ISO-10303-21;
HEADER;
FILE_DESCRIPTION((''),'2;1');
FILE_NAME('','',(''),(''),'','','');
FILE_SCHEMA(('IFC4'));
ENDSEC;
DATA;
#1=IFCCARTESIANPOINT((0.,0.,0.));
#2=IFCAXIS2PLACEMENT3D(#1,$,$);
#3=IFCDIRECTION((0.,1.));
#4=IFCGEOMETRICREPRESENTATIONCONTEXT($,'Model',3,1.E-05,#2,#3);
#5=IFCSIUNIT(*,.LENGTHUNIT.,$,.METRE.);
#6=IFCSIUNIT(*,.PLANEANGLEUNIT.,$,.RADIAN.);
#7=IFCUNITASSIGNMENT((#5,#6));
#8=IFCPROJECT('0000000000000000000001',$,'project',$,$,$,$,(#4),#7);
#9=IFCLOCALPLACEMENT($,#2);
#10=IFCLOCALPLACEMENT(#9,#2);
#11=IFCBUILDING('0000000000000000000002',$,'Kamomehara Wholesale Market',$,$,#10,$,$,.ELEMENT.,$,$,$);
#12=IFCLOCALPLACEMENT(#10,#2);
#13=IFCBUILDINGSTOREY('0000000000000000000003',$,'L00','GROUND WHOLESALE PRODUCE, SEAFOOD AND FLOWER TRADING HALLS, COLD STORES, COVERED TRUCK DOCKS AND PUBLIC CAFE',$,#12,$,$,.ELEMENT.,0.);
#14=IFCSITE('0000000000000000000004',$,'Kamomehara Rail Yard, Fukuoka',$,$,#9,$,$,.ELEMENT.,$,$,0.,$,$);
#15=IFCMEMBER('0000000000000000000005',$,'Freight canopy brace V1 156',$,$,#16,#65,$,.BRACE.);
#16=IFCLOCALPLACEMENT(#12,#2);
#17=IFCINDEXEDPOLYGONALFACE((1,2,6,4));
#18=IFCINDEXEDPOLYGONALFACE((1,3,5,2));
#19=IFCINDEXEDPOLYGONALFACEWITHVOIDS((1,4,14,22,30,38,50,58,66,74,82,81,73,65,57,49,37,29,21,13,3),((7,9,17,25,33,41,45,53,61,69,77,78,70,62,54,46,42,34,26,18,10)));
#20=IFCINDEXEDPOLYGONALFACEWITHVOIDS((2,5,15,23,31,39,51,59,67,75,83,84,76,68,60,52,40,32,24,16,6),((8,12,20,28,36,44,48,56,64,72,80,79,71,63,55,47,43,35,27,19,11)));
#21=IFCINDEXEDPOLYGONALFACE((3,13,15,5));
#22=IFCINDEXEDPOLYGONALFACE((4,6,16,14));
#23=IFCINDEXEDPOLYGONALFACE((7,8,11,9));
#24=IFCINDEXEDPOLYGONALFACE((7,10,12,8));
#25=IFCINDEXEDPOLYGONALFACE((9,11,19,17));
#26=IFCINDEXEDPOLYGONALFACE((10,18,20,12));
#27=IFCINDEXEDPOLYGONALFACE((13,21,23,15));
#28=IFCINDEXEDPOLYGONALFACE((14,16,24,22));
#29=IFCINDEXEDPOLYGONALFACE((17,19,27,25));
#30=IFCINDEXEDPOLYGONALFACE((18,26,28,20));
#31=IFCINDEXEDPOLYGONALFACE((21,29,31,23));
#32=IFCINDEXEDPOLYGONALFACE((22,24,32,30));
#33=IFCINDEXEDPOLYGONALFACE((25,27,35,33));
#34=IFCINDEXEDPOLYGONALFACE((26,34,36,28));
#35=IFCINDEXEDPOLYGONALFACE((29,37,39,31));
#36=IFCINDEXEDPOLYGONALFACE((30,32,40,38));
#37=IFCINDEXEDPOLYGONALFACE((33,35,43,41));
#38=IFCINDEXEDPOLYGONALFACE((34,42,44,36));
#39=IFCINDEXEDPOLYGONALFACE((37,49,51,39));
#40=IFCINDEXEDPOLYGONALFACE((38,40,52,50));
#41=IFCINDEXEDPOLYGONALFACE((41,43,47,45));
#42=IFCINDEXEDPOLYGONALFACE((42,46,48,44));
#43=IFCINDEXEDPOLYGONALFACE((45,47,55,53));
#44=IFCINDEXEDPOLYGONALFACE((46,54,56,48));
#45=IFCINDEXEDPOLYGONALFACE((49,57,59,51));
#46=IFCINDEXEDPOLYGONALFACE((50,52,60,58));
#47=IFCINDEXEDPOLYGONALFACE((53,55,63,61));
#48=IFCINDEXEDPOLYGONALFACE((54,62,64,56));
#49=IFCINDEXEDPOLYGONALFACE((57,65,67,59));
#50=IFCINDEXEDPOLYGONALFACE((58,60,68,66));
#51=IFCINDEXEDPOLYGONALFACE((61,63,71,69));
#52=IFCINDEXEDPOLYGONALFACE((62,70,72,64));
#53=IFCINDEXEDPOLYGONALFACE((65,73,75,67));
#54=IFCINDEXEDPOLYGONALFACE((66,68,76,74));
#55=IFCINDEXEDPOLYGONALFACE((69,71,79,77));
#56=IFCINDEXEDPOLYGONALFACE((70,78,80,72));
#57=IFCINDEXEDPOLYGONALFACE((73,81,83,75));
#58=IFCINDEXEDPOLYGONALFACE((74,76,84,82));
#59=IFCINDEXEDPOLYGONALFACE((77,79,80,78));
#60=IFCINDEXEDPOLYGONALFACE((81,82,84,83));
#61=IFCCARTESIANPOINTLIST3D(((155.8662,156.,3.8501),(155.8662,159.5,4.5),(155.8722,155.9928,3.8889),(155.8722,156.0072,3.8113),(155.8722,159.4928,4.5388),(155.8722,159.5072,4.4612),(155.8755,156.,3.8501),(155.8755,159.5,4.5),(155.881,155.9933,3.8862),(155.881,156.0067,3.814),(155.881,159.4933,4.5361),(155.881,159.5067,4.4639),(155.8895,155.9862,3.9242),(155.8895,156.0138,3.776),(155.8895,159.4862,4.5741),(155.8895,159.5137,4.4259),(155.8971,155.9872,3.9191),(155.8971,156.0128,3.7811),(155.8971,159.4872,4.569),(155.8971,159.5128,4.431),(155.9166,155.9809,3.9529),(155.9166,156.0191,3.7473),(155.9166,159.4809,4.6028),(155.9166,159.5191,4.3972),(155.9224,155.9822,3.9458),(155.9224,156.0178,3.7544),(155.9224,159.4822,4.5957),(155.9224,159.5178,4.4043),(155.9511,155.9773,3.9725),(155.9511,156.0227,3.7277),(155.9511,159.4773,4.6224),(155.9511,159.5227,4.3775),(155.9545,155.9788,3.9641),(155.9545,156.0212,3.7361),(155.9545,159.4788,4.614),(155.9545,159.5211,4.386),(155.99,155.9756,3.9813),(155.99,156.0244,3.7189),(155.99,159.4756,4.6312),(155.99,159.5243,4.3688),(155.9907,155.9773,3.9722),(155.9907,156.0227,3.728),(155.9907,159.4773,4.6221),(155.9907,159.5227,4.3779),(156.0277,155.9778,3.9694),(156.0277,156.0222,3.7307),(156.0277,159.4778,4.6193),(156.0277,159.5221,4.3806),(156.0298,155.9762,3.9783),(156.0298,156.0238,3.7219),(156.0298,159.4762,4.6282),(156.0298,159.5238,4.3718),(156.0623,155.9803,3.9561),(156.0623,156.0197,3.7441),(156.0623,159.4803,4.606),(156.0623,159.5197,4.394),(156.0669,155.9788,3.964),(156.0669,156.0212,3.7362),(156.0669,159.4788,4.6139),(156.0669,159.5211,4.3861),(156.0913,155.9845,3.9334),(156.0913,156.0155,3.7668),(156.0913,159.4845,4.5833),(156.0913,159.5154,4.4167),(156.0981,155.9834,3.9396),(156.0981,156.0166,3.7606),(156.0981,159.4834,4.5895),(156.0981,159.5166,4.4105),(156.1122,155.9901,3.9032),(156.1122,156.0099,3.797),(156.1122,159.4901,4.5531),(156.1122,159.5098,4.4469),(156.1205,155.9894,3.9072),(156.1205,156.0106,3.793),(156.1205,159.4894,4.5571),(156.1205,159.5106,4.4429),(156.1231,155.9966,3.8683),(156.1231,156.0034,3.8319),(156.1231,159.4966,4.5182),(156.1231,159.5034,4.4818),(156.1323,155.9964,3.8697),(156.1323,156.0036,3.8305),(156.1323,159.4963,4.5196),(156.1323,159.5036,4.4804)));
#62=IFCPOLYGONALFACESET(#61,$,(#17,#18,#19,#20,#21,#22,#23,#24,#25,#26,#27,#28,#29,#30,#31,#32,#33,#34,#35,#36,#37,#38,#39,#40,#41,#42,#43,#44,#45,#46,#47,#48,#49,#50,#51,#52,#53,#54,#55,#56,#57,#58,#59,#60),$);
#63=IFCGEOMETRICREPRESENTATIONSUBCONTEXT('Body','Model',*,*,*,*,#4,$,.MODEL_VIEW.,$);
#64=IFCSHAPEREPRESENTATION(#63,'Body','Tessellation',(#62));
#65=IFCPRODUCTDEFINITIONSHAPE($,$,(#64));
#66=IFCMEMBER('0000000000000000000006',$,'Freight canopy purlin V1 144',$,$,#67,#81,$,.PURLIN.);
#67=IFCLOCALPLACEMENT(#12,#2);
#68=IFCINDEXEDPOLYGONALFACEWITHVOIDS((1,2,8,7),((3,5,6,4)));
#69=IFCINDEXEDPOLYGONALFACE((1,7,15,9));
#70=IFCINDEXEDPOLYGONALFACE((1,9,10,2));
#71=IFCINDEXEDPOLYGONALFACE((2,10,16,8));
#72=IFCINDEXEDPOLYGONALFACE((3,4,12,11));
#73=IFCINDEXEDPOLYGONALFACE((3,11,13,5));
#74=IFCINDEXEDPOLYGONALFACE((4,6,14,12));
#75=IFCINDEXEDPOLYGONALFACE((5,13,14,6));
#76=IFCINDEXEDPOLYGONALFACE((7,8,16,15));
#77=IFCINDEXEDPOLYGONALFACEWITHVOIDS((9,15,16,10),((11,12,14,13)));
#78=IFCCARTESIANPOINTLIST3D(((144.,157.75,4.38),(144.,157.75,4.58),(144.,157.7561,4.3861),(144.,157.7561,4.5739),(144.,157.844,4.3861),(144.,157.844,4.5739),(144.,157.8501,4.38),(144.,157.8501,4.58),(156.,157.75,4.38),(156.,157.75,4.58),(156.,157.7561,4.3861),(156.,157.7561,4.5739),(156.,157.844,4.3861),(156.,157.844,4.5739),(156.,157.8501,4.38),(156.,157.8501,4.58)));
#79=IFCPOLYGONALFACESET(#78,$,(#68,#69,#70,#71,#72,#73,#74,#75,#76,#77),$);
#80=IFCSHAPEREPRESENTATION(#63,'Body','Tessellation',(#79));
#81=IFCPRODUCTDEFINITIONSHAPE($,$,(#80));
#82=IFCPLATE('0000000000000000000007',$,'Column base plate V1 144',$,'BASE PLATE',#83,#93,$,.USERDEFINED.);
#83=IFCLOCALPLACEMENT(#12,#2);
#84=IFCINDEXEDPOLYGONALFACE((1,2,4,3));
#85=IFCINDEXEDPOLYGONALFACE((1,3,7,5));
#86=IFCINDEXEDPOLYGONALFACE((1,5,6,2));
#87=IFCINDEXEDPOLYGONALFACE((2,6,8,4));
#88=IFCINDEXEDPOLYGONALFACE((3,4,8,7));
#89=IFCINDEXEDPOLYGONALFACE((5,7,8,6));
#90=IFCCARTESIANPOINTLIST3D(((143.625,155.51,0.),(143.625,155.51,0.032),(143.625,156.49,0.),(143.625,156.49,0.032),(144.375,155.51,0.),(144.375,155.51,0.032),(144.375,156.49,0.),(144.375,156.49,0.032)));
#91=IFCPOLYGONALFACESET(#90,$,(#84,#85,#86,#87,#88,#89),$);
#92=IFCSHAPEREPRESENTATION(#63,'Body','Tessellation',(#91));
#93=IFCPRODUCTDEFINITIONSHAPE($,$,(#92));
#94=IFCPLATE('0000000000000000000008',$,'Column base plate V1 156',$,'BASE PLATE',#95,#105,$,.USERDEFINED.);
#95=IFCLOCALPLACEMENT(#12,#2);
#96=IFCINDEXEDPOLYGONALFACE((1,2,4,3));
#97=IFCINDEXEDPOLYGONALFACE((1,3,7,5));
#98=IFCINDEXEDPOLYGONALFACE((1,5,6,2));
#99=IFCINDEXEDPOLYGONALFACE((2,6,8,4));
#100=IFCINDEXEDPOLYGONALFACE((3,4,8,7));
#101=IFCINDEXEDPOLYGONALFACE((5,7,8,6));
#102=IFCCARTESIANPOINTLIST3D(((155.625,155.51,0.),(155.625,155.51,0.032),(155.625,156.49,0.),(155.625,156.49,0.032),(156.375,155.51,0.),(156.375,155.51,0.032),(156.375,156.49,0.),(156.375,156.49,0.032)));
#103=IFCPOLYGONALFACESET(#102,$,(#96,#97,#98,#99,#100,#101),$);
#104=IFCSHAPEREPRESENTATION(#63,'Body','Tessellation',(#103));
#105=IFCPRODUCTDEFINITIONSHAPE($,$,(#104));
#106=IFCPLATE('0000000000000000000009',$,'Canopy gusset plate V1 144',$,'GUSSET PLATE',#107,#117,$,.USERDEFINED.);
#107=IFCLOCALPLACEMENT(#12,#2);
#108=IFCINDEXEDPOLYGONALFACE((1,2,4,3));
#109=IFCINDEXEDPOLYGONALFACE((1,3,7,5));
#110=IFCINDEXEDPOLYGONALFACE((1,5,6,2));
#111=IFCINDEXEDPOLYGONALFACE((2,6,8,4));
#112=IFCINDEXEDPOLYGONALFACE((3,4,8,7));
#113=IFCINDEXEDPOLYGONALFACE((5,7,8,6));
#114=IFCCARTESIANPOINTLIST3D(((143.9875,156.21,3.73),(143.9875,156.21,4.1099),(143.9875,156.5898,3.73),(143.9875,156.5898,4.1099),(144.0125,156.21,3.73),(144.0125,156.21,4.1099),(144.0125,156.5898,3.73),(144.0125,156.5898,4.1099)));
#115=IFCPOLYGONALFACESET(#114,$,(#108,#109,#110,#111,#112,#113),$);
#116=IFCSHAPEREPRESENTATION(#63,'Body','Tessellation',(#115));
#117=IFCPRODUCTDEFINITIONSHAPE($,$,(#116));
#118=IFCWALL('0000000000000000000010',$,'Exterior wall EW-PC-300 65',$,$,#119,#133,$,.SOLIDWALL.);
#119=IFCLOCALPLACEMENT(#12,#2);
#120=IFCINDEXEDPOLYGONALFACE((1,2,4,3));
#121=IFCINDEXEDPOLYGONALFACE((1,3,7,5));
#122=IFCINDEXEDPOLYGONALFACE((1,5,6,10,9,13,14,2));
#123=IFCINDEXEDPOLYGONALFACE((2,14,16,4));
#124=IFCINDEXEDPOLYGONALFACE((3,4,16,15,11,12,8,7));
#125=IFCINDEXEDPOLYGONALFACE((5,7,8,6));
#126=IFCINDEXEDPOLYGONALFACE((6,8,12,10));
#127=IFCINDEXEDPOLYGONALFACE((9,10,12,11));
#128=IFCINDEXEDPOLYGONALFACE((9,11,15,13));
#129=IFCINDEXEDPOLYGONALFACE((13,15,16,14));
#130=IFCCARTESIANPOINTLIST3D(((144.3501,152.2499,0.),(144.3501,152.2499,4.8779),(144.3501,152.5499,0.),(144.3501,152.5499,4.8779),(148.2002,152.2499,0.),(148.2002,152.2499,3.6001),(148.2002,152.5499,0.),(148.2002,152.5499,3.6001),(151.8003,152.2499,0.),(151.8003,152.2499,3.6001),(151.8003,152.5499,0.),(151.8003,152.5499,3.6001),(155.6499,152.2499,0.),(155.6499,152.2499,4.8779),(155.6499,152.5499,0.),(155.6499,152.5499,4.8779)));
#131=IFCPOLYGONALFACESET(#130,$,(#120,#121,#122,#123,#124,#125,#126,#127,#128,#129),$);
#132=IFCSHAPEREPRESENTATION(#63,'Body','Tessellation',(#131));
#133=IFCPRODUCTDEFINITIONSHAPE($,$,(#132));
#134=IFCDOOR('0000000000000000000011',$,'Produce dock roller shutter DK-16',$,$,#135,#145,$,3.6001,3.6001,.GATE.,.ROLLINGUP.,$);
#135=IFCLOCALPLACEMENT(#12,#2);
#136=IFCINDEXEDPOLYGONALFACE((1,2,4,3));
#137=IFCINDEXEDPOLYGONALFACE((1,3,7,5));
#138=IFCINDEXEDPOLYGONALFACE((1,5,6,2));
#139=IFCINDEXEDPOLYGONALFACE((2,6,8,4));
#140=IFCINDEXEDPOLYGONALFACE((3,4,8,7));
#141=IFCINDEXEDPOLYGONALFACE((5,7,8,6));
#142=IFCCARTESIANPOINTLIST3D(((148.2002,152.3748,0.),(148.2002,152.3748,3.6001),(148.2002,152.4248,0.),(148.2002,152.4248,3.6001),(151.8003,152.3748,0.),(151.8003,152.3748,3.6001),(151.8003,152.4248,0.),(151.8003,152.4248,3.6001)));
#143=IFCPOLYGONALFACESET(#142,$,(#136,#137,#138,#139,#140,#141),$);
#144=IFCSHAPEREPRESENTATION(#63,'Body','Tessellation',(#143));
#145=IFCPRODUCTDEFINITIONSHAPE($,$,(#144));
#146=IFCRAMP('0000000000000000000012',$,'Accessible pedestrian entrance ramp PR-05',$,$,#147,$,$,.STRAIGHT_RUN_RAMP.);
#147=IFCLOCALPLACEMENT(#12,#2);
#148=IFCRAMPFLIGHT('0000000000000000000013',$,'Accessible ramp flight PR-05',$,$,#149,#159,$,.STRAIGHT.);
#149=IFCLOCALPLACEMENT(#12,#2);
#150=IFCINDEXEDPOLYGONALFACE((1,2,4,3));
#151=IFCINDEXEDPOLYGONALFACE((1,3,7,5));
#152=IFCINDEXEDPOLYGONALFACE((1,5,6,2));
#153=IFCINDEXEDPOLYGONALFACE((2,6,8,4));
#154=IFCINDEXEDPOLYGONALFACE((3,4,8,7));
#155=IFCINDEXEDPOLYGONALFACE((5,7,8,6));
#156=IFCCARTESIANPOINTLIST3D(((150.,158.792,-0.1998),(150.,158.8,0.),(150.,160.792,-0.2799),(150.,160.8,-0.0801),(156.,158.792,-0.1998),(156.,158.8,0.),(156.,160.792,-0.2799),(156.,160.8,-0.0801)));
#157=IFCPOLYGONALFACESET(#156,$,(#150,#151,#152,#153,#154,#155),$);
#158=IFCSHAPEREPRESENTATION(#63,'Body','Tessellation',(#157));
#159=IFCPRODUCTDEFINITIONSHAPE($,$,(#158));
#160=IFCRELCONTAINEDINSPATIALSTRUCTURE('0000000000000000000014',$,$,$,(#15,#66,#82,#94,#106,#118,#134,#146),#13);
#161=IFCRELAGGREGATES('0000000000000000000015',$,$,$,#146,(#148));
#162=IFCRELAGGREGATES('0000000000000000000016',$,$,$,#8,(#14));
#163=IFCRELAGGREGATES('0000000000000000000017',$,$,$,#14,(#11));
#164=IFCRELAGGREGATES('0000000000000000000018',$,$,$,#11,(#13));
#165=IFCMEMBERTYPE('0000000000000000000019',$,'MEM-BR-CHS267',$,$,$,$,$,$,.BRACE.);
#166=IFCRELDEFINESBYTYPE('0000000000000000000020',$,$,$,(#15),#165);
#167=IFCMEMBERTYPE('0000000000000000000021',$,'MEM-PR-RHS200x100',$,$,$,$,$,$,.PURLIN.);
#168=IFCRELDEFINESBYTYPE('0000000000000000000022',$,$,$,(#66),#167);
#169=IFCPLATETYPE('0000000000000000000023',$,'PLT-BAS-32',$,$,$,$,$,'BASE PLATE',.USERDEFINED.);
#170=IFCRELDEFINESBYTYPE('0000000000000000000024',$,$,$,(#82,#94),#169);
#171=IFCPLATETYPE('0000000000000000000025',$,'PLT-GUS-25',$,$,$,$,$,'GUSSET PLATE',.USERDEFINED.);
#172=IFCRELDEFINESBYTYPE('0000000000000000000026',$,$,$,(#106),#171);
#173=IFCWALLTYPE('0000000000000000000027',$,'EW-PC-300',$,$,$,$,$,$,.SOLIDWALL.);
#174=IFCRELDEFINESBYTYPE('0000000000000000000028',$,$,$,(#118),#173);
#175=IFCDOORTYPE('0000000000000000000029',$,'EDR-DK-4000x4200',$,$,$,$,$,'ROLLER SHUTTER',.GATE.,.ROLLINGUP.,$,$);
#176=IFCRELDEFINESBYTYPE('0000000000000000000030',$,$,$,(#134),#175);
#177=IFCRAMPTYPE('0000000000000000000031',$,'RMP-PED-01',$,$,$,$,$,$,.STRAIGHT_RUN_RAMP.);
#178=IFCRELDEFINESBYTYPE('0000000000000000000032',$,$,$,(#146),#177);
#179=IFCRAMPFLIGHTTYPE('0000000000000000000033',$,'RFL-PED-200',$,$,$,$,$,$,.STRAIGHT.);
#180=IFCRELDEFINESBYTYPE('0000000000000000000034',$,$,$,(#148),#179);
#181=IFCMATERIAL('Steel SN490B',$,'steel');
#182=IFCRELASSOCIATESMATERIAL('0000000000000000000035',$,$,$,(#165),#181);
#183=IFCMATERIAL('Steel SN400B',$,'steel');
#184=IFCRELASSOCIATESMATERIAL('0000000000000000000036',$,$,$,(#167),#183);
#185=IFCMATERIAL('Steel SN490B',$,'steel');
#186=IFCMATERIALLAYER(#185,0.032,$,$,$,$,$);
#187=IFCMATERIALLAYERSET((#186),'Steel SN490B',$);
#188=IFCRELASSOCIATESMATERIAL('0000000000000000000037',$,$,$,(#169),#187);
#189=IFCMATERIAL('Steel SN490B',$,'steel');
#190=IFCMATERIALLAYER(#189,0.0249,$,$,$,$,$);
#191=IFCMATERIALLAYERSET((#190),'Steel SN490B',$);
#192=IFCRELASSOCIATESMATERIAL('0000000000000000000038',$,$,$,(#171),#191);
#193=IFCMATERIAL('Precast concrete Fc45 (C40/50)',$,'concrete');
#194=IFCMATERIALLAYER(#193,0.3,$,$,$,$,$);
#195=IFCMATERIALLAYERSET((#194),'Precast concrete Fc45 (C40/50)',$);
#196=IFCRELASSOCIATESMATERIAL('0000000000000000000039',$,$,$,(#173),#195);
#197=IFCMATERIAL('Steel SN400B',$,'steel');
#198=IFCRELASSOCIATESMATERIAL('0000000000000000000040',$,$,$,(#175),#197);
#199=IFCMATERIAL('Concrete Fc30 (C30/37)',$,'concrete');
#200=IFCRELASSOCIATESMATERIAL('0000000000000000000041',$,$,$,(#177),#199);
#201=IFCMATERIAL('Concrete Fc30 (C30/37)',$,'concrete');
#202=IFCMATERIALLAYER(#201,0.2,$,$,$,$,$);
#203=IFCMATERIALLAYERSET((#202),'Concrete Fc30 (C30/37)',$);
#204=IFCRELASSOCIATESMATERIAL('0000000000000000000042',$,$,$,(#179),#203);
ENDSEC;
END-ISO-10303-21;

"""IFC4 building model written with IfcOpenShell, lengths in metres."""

from ifc_helpers import new_model, si_unit, direction, frame, frame_2d, origin, origin_2d, place, context, subcontext, project, spatial, polyline, rectangle, hollow_rectangle, hollow_circle, outline, extrude, material, layer, layer_set, material_profile, profile_set, type_object, element, fill, aggregate, save


model = new_model("IFC4")

# Units and contexts
model_context = context("Model", 3, precision=1e-05, world=origin(), true_north=direction((0.0, 1.0)))
body_context = subcontext(model_context, "Body", "Model", "MODEL_VIEW")
ifc_project = project(units=[si_unit("LENGTHUNIT", "METRE"), si_unit("PLANEANGLEUNIT", "RADIAN")], contexts=[model_context])

# Site, building, storey
site_placement = place(None, origin())
site = spatial("IfcSite", under=ifc_project, at=site_placement, Name="Kamomehara Rail Yard, Fukuoka", CompositionType="ELEMENT", RefElevation=0.0)
building_placement = place(site_placement, origin())
building = spatial("IfcBuilding", under=site, at=building_placement, Name="Kamomehara Wholesale Market", CompositionType="ELEMENT")
storey_placement = place(building_placement, origin())
storey = spatial("IfcBuildingStorey", under=building, at=storey_placement, Name="L00", Description="GROUND WHOLESALE PRODUCE, SEAFOOD AND FLOWER TRADING HALLS, COLD STORES, COVERED TRUCK DOCKS AND PUBLIC CAFE", CompositionType="ELEMENT", Elevation=0.0)

# Members
ifc_material_1 = material(Name="Steel SN490B", Category="steel")
ifc_material_profile_1 = material_profile(ifc_material_1, hollow_circle(Radius=0.1338, WallThickness=0.0093, at=origin_2d()), Name="CHS-267.4x9.3")
ifc_profile_set_1 = profile_set([ifc_material_profile_1], Name="Steel SN490B")
member_type_1 = type_object("IfcMemberType", Name="MEM-BR-CHS267", PredefinedType="BRACE", material=ifc_profile_set_1)
for number, where, z_axis, x_axis, name in (
    (1, (156.0, 156.0, 3.8501), (0.0, 0.983194, 0.182566), (-1.0, 0.0, 0.0), "Freight canopy brace V1 156"),
):
    element("IfcMember", number, at=place(storey_placement, frame(where, z_axis=z_axis, x_axis=x_axis)), inside=storey, type_object=member_type_1, Name=name, PredefinedType="BRACE", context=body_context, shape_type="SweptSolid", body=[
        extrude(hollow_circle(Radius=0.1338, WallThickness=0.0093, at=origin_2d()), origin(), (0.0, 0.0, 1.0), 3.5598),
    ])
ifc_material_2 = material(Name="Steel SN400B", Category="steel")
ifc_material_profile_2 = material_profile(ifc_material_2, hollow_rectangle(XDim=0.1001, YDim=0.2, WallThickness=0.0061, at=origin_2d()), Name="RHS-200x100x6")
ifc_profile_set_2 = profile_set([ifc_material_profile_2], Name="Steel SN400B")
member_type_2 = type_object("IfcMemberType", Name="MEM-PR-RHS200x100", PredefinedType="PURLIN", material=ifc_profile_set_2)
member_placement = place(storey_placement, frame((144.0, 157.8, 4.48), z_axis=(1.0, 0.0, 0.0), x_axis=(0.0, 1.0, 0.0)))
element("IfcMember", 2, at=member_placement, inside=storey, type_object=member_type_2, Name="Freight canopy purlin V1 144", PredefinedType="PURLIN", context=body_context, shape_type="SweptSolid", body=[
    extrude(hollow_rectangle(XDim=0.1001, YDim=0.2, WallThickness=0.0061, at=origin_2d()), origin(), (0.0, 0.0, 1.0), 12.0),
])

# Plates
ifc_material_3 = material(Name="Steel SN490B", Category="steel")
ifc_layer_1 = layer(ifc_material_3, 0.032)
ifc_layer_set_1 = layer_set([ifc_layer_1], Name="Steel SN490B")
plate_type_1 = type_object("IfcPlateType", Name="PLT-BAS-32", ElementType="BASE PLATE", PredefinedType="USERDEFINED", material=ifc_layer_set_1)
for number, where, z_axis, x_axis, name in (
    (3, (144.0, 156.0, 0.0), (0.0, 0.0, 1.0), (1.0, 0.0, 0.0), "Column base plate V1 144"),
    (4, (156.0, 156.0, 0.0), (0.0, 0.0, 1.0), (1.0, 0.0, 0.0), "Column base plate V1 156"),
):
    element("IfcPlate", number, at=place(storey_placement, frame(where, z_axis=z_axis, x_axis=x_axis)), inside=storey, type_object=plate_type_1, Name=name, ObjectType="BASE PLATE", PredefinedType="USERDEFINED", context=body_context, shape_type="SweptSolid", body=[
        extrude(rectangle(XDim=0.75, YDim=0.98, at=origin_2d()), origin(), (0.0, 0.0, 1.0), 0.032),
    ])
ifc_material_4 = material(Name="Steel SN490B", Category="steel")
ifc_layer_2 = layer(ifc_material_4, 0.0249)
ifc_layer_set_2 = layer_set([ifc_layer_2], Name="Steel SN490B")
plate_type_2 = type_object("IfcPlateType", Name="PLT-GUS-25", ElementType="GUSSET PLATE", PredefinedType="USERDEFINED", material=ifc_layer_set_2)
plate_placement = place(storey_placement, frame((144.0, 156.3999, 3.73), z_axis=(0.0, 0.0, 1.0), x_axis=(1.0, 0.0, 0.0)))
element("IfcPlate", 5, at=plate_placement, inside=storey, type_object=plate_type_2, Name="Canopy gusset plate V1 144", ObjectType="GUSSET PLATE", PredefinedType="USERDEFINED", context=body_context, shape_type="SweptSolid", body=[
    extrude(rectangle(XDim=0.0249, YDim=0.3799, at=origin_2d()), origin(), (0.0, 0.0, 1.0), 0.3799),
])

# Wall, opening, door
ifc_material_5 = material(Name="Precast concrete Fc45 (C40/50)", Category="concrete")
ifc_layer_3 = layer(ifc_material_5, 0.3)
ifc_layer_set_3 = layer_set([ifc_layer_3], Name="Precast concrete Fc45 (C40/50)")
wall_type = type_object("IfcWallType", Name="EW-PC-300", PredefinedType="SOLIDWALL", material=ifc_layer_set_3)
wall_placement = place(storey_placement, frame((144.3501, 152.3999, 0.0), z_axis=(0.0, 0.0, 1.0), x_axis=(1.0, 0.0, 0.0)))
wall = element("IfcWall", 6, at=wall_placement, inside=storey, type_object=wall_type, Name="Exterior wall EW-PC-300 65", PredefinedType="SOLIDWALL", context=body_context, shape_type="SweptSolid", body=[
    extrude(rectangle(XDim=11.2998, YDim=0.3, at=frame_2d((5.6499, 0.0))), origin(), (0.0, 0.0, 1.0), 4.8779),
])
opening_placement = place(wall_placement, frame((3.8501, 0.0, 0.0)))
opening = element("IfcOpeningElement", 7, at=opening_placement, cuts=wall, PredefinedType="OPENING", context=body_context, shape_type="SweptSolid", body=[
    extrude(rectangle(XDim=3.6001, YDim=3.6001, at=frame_2d((1.8, 1.8))), frame((0.0, 0.165, 0.0), z_axis=(0.0, -1.0, 0.0), x_axis=(1.0, 0.0, 0.0)), (0.0, 0.0, 1.0), 0.3298),
])
ifc_material_6 = material(Name="Steel SN400B", Category="steel")
door_type = type_object("IfcDoorType", Name="EDR-DK-4000x4200", ElementType="ROLLER SHUTTER", OperationType="ROLLINGUP", PredefinedType="GATE", material=ifc_material_6)
door_placement = place(opening_placement, origin())
door = element("IfcDoor", 8, at=door_placement, inside=storey, type_object=door_type, Name="Produce dock roller shutter DK-16", OperationType="ROLLINGUP", OverallHeight=3.6001, OverallWidth=3.6001, PredefinedType="GATE", context=body_context, shape_type="SweptSolid", body=[
    extrude(rectangle(XDim=3.6001, YDim=3.6001, at=frame_2d((1.8, 1.8))), frame((0.0, 0.0249, 0.0), z_axis=(0.0, -1.0, 0.0), x_axis=(1.0, 0.0, 0.0)), (0.0, 0.0, 1.0), 0.05),
])
fill(opening, door)

# Ramp, ramp flight
ifc_material_7 = material(Name="Concrete Fc30 (C30/37)", Category="concrete")
ramp_type = type_object("IfcRampType", Name="RMP-PED-01", PredefinedType="STRAIGHT_RUN_RAMP", material=ifc_material_7)
ramp_placement = place(storey_placement, origin())
ramp = element("IfcRamp", 9, at=ramp_placement, inside=storey, type_object=ramp_type, Name="Accessible pedestrian entrance ramp PR-05", PredefinedType="STRAIGHT_RUN_RAMP")
ifc_material_8 = material(Name="Concrete Fc30 (C30/37)", Category="concrete")
ifc_layer_4 = layer(ifc_material_8, 0.2)
ifc_layer_set_4 = layer_set([ifc_layer_4], Name="Concrete Fc30 (C30/37)")
ramp_flight_type = type_object("IfcRampFlightType", Name="RFL-PED-200", PredefinedType="STRAIGHT", material=ifc_layer_set_4)
ramp_flight_placement = place(storey_placement, frame((150.0, 158.8, 0.0), z_axis=(0.0, 0.040007, 0.999199), x_axis=(1.0, 0.0, 0.0)))
ramp_flight = element("IfcRampFlight", 10, at=ramp_flight_placement, type_object=ramp_flight_type, Name="Accessible ramp flight PR-05", PredefinedType="STRAIGHT", context=body_context, shape_type="SweptSolid", body=[
    extrude(outline(polyline([(0.0, 0.0), (6.0, 0.0), (6.0, 2.0016), (0.0, 2.0016), (0.0, 0.0)])), origin(), (0.0, 0.0, -1.0), 0.2),
])
aggregate(ramp, [ramp_flight])

save(model, "model.ifc")
